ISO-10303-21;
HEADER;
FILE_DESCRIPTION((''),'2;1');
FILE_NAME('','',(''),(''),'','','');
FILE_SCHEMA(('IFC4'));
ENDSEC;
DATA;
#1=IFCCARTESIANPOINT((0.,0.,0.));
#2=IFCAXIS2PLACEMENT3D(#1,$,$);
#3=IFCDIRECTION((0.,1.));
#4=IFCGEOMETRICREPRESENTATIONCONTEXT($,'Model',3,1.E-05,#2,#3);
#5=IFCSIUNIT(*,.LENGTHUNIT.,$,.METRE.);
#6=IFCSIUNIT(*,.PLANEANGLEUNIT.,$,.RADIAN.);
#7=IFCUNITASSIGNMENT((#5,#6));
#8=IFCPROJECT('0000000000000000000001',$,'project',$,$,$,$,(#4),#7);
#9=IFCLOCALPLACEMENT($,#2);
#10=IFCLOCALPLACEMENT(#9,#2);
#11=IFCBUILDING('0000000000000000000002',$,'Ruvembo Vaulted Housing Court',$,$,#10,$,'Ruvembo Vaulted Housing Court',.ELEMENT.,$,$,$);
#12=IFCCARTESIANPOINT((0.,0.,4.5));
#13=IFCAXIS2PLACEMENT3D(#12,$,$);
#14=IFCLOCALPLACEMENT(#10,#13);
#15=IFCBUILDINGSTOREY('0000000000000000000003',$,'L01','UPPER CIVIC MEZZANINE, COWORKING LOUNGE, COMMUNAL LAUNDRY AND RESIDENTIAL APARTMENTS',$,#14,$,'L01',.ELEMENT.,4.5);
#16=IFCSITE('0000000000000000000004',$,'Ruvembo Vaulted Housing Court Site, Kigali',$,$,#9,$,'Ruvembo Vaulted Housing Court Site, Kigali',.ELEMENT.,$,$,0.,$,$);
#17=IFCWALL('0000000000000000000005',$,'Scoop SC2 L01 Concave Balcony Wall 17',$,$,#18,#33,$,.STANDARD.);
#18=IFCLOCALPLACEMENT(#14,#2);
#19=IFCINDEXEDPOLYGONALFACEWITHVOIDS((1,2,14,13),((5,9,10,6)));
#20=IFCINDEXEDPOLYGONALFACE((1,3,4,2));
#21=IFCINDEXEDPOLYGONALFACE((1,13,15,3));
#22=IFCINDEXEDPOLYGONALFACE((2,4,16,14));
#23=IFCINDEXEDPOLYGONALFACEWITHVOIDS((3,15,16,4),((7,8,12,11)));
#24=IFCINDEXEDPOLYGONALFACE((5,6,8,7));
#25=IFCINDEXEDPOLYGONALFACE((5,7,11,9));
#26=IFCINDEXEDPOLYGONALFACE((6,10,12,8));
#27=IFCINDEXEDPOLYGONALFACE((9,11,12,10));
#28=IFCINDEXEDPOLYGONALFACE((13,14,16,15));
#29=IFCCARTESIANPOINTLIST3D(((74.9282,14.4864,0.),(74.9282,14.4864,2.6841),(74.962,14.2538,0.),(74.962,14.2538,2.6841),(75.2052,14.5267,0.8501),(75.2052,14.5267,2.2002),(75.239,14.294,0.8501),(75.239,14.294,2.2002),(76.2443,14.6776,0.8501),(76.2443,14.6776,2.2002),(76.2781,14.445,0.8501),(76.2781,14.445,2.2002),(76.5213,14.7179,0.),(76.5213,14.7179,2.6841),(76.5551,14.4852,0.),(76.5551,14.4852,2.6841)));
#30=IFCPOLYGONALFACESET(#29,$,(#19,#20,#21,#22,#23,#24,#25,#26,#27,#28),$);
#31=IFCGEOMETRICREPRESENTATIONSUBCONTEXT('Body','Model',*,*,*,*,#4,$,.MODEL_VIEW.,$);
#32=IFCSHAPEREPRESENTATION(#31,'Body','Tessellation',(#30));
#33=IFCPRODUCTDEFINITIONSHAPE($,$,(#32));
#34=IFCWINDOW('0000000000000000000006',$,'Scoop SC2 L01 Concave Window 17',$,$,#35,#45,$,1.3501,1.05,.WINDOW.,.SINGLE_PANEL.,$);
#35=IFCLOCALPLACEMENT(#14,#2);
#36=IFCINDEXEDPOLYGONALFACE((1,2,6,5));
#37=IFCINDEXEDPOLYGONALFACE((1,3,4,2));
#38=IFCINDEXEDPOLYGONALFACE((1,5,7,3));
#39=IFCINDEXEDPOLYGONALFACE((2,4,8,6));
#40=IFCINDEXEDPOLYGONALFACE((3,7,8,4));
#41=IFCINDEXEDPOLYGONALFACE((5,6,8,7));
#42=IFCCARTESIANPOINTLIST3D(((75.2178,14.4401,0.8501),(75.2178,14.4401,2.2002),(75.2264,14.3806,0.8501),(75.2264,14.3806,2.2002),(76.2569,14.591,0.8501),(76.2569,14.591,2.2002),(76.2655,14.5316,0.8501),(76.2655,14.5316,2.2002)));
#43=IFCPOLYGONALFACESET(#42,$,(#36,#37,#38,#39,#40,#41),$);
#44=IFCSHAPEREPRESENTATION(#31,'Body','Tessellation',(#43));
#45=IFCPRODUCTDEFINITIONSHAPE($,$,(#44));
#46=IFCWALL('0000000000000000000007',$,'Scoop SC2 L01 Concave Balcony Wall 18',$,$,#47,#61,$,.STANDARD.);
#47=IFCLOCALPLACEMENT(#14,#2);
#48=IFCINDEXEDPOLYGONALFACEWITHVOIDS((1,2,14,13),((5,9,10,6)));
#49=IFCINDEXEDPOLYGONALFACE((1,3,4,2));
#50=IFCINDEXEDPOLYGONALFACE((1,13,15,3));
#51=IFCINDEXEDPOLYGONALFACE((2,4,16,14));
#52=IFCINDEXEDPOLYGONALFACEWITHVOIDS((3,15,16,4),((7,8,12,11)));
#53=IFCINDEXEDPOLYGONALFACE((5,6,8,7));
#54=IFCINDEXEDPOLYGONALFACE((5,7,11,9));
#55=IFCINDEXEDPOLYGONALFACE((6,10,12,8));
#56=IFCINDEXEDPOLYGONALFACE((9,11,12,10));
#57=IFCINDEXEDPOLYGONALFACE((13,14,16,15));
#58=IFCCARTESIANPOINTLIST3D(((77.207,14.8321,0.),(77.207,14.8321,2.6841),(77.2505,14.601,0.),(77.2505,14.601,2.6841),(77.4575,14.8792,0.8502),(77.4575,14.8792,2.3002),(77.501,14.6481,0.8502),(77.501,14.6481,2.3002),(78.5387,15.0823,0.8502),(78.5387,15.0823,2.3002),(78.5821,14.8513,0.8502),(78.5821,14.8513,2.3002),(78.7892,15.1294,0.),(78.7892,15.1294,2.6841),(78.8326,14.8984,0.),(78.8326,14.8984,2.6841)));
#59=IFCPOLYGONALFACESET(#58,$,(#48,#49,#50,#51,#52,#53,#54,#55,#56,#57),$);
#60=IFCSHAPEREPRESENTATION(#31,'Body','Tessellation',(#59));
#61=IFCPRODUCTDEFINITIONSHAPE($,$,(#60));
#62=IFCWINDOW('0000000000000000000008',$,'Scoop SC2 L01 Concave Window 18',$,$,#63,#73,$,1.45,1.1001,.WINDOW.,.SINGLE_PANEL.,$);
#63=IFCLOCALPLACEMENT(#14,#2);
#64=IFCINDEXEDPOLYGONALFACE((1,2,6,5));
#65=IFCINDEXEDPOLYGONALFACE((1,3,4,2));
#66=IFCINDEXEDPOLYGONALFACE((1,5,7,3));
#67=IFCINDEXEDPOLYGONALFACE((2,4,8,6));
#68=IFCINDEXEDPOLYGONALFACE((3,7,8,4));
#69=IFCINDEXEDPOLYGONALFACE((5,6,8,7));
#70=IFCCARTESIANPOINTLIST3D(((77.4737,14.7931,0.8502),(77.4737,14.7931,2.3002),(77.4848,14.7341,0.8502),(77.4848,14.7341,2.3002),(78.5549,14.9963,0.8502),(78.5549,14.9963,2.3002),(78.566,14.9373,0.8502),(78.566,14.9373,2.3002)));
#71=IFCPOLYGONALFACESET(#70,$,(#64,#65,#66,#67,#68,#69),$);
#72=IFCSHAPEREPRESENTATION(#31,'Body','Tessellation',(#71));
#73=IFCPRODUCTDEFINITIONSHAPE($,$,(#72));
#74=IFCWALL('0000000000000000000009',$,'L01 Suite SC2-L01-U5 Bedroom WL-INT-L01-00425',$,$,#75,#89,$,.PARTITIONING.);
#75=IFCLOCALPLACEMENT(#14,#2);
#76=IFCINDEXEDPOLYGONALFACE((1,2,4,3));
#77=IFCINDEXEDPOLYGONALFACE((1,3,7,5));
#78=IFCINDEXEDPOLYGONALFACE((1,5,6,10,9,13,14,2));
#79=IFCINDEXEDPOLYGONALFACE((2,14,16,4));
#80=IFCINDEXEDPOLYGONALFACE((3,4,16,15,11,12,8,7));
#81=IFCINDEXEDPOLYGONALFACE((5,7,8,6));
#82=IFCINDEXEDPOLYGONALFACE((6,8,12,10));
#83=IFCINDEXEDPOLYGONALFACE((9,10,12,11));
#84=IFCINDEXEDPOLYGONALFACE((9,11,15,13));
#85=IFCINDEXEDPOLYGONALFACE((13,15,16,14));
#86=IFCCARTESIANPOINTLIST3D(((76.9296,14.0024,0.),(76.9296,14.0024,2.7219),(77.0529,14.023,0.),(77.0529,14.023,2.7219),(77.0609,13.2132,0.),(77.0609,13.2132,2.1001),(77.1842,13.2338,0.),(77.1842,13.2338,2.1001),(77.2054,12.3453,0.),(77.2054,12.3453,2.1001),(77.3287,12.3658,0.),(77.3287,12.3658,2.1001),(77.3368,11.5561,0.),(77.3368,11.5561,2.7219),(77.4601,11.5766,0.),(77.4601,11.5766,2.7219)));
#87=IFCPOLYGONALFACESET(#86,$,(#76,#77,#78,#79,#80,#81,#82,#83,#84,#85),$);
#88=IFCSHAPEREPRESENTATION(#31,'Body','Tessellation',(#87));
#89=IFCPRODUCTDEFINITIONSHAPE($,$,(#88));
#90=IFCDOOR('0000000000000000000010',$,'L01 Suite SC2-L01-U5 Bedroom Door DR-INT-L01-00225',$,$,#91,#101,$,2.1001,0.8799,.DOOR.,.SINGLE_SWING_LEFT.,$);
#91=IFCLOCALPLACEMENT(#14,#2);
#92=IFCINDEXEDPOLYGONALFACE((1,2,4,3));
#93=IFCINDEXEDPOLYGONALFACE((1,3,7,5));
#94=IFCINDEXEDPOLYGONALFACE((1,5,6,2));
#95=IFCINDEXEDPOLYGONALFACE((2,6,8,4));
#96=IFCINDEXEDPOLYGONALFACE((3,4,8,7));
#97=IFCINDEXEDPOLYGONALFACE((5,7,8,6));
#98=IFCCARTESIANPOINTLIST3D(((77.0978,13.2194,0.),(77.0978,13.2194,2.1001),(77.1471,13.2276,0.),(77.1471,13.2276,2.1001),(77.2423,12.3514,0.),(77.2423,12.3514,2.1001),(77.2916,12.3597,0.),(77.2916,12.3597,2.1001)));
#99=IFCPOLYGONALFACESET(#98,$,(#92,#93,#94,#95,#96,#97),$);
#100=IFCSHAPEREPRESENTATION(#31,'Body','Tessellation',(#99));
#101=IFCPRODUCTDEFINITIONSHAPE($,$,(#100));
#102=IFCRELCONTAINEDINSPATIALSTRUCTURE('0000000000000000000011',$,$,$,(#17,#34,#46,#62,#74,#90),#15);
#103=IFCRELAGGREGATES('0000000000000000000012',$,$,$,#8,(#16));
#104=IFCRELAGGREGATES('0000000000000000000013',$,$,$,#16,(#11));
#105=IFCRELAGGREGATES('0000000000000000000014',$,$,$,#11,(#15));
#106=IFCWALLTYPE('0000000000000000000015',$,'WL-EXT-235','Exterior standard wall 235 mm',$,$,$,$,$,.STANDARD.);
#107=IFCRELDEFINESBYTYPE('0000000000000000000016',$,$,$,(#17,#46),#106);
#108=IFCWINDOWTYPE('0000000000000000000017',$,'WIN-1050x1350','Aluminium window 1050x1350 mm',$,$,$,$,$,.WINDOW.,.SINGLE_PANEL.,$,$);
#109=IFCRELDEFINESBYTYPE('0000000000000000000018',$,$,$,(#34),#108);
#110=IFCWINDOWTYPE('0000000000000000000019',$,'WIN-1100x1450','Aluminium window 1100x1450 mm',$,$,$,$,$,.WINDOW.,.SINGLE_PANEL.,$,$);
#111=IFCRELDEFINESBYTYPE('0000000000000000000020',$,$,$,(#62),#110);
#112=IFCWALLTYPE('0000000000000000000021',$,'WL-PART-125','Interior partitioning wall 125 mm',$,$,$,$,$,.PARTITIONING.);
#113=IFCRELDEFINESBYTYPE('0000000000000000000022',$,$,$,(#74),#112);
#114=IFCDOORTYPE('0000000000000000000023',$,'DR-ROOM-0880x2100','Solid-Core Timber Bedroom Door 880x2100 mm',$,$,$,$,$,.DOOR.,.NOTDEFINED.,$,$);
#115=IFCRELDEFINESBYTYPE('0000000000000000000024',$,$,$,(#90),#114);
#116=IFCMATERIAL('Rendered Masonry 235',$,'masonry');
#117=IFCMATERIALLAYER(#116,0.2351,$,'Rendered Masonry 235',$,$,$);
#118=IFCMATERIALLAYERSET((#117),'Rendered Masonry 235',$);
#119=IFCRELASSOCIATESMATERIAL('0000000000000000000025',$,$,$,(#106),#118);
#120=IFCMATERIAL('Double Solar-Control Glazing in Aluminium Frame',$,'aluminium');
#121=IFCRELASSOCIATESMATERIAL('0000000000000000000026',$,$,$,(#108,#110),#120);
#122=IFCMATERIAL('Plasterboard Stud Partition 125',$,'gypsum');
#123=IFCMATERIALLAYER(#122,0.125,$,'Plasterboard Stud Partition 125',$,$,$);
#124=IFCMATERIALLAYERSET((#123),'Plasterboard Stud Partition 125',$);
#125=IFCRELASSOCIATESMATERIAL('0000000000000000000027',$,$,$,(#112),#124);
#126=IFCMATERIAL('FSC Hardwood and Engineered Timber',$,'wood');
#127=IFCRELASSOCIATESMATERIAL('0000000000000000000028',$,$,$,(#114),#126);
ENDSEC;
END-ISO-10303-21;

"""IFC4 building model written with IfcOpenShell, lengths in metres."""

from ifc_helpers import new_model, si_unit, direction, frame, frame_2d, origin, place, context, subcontext, project, spatial, rectangle, extrude, material, layer, layer_set, type_object, element, fill, save


model = new_model("IFC4")

# Units and contexts
model_context = context("Model", 3, precision=1e-05, world=origin(), true_north=direction((0.0, 1.0)))
body_context = subcontext(model_context, "Body", "Model", "MODEL_VIEW")
ifc_project = project(units=[si_unit("LENGTHUNIT", "METRE"), si_unit("PLANEANGLEUNIT", "RADIAN")], contexts=[model_context])

# Site, building, storey
site_placement = place(None, origin())
site = spatial("IfcSite", under=ifc_project, at=site_placement, Name="Ruvembo Vaulted Housing Court Site, Kigali", LongName="Ruvembo Vaulted Housing Court Site, Kigali", CompositionType="ELEMENT", RefElevation=0.0)
building_placement = place(site_placement, origin())
building = spatial("IfcBuilding", under=site, at=building_placement, Name="Ruvembo Vaulted Housing Court", LongName="Ruvembo Vaulted Housing Court", CompositionType="ELEMENT")
storey_placement = place(building_placement, frame((0.0, 0.0, 4.5)))
storey = spatial("IfcBuildingStorey", under=building, at=storey_placement, Name="L01", Description="UPPER CIVIC MEZZANINE, COWORKING LOUNGE, COMMUNAL LAUNDRY AND RESIDENTIAL APARTMENTS", LongName="L01", CompositionType="ELEMENT", Elevation=4.5)

# Walls, openings, windows
ifc_material_1 = material(Name="Rendered Masonry 235", Category="masonry")
ifc_layer_1 = layer(ifc_material_1, 0.2351, Name="Rendered Masonry 235")
ifc_layer_set_1 = layer_set([ifc_layer_1], Name="Rendered Masonry 235")
wall_type_1 = type_object("IfcWallType", Name="WL-EXT-235", Description="Exterior standard wall 235 mm", PredefinedType="STANDARD", material=ifc_layer_set_1)
ifc_material_2 = material(Name="Double Solar-Control Glazing in Aluminium Frame", Category="aluminium")
wall_1_placement = place(storey_placement, frame((74.9451, 14.3701, 0.0), z_axis=(0.0, 0.0, 1.0), x_axis=(0.989613, 0.143756, 0.0)))
wall_1 = element("IfcWall", 1, at=wall_1_placement, inside=storey, type_object=wall_type_1, Name="Scoop SC2 L01 Concave Balcony Wall 17", PredefinedType="STANDARD", context=body_context, shape_type="SweptSolid", body=[
    extrude(rectangle(XDim=1.6099, YDim=0.2351, at=frame_2d((0.8049, 0.0))), origin(), (0.0, 0.0, 1.0), 2.6841),
])
opening_1_placement = place(wall_1_placement, frame((0.28, 0.0, 0.8501)))
opening_1 = element("IfcOpeningElement", 2, at=opening_1_placement, cuts=wall_1, PredefinedType="OPENING", context=body_context, shape_type="SweptSolid", body=[
    extrude(rectangle(XDim=1.05, YDim=1.3501, at=frame_2d((0.5249, 0.675))), frame((0.0, 0.1274, 0.0), z_axis=(0.0, -1.0, 0.0), x_axis=(1.0, 0.0, 0.0)), (0.0, 0.0, 1.0), 0.2551),
])
window_type_1 = type_object("IfcWindowType", Name="WIN-1050x1350", Description="Aluminium window 1050x1350 mm", PartitioningType="SINGLE_PANEL", PredefinedType="WINDOW", material=ifc_material_2)
window_1_placement = place(opening_1_placement, origin())
window_1 = element("IfcWindow", 3, at=window_1_placement, inside=storey, type_object=window_type_1, Name="Scoop SC2 L01 Concave Window 17", OverallHeight=1.3501, OverallWidth=1.05, PartitioningType="SINGLE_PANEL", PredefinedType="WINDOW", context=body_context, shape_type="SweptSolid", body=[
    extrude(rectangle(XDim=1.05, YDim=1.3501, at=frame_2d((0.5249, 0.675))), frame((0.0, 0.03, 0.0), z_axis=(0.0, -1.0, 0.0), x_axis=(1.0, 0.0, 0.0)), (0.0, 0.0, 1.0), 0.0601),
])
fill(opening_1, window_1)
wall_2_placement = place(storey_placement, frame((77.2288, 14.7166, 0.0), z_axis=(0.0, 0.0, 1.0), x_axis=(0.982795, 0.184701, 0.0)))
wall_2 = element("IfcWall", 4, at=wall_2_placement, inside=storey, type_object=wall_type_1, Name="Scoop SC2 L01 Concave Balcony Wall 18", PredefinedType="STANDARD", context=body_context, shape_type="SweptSolid", body=[
    extrude(rectangle(XDim=1.6099, YDim=0.2351, at=frame_2d((0.8049, 0.0))), origin(), (0.0, 0.0, 1.0), 2.6841),
])
opening_2_placement = place(wall_2_placement, frame((0.2549, 0.0, 0.8501)))
opening_2 = element("IfcOpeningElement", 5, at=opening_2_placement, cuts=wall_2, PredefinedType="OPENING", context=body_context, shape_type="SweptSolid", body=[
    extrude(rectangle(XDim=1.1001, YDim=1.45, at=frame_2d((0.55, 0.7251))), frame((0.0, 0.1274, 0.0), z_axis=(0.0, -1.0, 0.0), x_axis=(1.0, 0.0, 0.0)), (0.0, 0.0, 1.0), 0.2551),
])
window_type_2 = type_object("IfcWindowType", Name="WIN-1100x1450", Description="Aluminium window 1100x1450 mm", PartitioningType="SINGLE_PANEL", PredefinedType="WINDOW", material=ifc_material_2)
window_2_placement = place(opening_2_placement, origin())
window_2 = element("IfcWindow", 6, at=window_2_placement, inside=storey, type_object=window_type_2, Name="Scoop SC2 L01 Concave Window 18", OverallHeight=1.45, OverallWidth=1.1001, PartitioningType="SINGLE_PANEL", PredefinedType="WINDOW", context=body_context, shape_type="SweptSolid", body=[
    extrude(rectangle(XDim=1.1001, YDim=1.45, at=frame_2d((0.55, 0.7251))), frame((0.0, 0.03, 0.0), z_axis=(0.0, -1.0, 0.0), x_axis=(1.0, 0.0, 0.0)), (0.0, 0.0, 1.0), 0.0601),
])
fill(opening_2, window_2)

# Wall, opening, door
ifc_material_3 = material(Name="Plasterboard Stud Partition 125", Category="gypsum")
ifc_layer_2 = layer(ifc_material_3, 0.125, Name="Plasterboard Stud Partition 125")
ifc_layer_set_2 = layer_set([ifc_layer_2], Name="Plasterboard Stud Partition 125")
wall_type_2 = type_object("IfcWallType", Name="WL-PART-125", Description="Interior partitioning wall 125 mm", PredefinedType="PARTITIONING", material=ifc_layer_set_2)
wall_3_placement = place(storey_placement, frame((76.9912, 14.0127, 0.0), z_axis=(0.0, 0.0, 1.0), x_axis=(0.164207, -0.986426, 0.0)))
wall_3 = element("IfcWall", 7, at=wall_3_placement, inside=storey, type_object=wall_type_2, Name="L01 Suite SC2-L01-U5 Bedroom WL-INT-L01-00425", PredefinedType="PARTITIONING", context=body_context, shape_type="SweptSolid", body=[
    extrude(rectangle(XDim=2.48, YDim=0.125, at=frame_2d((1.24, 0.0))), origin(), (0.0, 0.0, 1.0), 2.7219),
])
opening_3_placement = place(wall_3_placement, frame((0.8, 0.0, 0.0)))
opening_3 = element("IfcOpeningElement", 8, at=opening_3_placement, cuts=wall_3, PredefinedType="OPENING", context=body_context, shape_type="SweptSolid", body=[
    extrude(rectangle(XDim=0.8799, YDim=2.1001, at=frame_2d((0.4399, 1.05))), frame((0.0, 0.0725, 0.0), z_axis=(0.0, -1.0, 0.0), x_axis=(1.0, 0.0, 0.0)), (0.0, 0.0, 1.0), 0.145),
])
ifc_material_4 = material(Name="FSC Hardwood and Engineered Timber", Category="wood")
door_type_1 = type_object("IfcDoorType", Name="DR-ROOM-0880x2100", Description="Solid-Core Timber Bedroom Door 880x2100 mm", OperationType="NOTDEFINED", PredefinedType="DOOR", material=ifc_material_4)
door_1_placement = place(opening_3_placement, origin())
door_1 = element("IfcDoor", 9, at=door_1_placement, inside=storey, type_object=door_type_1, Name="L01 Suite SC2-L01-U5 Bedroom Door DR-INT-L01-00225", OperationType="SINGLE_SWING_LEFT", OverallHeight=2.1001, OverallWidth=0.8799, PredefinedType="DOOR", context=body_context, shape_type="SweptSolid", body=[
    extrude(rectangle(XDim=0.8799, YDim=2.1001, at=frame_2d((0.4399, 1.05))), frame((0.0, 0.0249, 0.0), z_axis=(0.0, -1.0, 0.0), x_axis=(1.0, 0.0, 0.0)), (0.0, 0.0, 1.0), 0.05),
])
fill(opening_3, door_1)

save(model, "model.ifc")
